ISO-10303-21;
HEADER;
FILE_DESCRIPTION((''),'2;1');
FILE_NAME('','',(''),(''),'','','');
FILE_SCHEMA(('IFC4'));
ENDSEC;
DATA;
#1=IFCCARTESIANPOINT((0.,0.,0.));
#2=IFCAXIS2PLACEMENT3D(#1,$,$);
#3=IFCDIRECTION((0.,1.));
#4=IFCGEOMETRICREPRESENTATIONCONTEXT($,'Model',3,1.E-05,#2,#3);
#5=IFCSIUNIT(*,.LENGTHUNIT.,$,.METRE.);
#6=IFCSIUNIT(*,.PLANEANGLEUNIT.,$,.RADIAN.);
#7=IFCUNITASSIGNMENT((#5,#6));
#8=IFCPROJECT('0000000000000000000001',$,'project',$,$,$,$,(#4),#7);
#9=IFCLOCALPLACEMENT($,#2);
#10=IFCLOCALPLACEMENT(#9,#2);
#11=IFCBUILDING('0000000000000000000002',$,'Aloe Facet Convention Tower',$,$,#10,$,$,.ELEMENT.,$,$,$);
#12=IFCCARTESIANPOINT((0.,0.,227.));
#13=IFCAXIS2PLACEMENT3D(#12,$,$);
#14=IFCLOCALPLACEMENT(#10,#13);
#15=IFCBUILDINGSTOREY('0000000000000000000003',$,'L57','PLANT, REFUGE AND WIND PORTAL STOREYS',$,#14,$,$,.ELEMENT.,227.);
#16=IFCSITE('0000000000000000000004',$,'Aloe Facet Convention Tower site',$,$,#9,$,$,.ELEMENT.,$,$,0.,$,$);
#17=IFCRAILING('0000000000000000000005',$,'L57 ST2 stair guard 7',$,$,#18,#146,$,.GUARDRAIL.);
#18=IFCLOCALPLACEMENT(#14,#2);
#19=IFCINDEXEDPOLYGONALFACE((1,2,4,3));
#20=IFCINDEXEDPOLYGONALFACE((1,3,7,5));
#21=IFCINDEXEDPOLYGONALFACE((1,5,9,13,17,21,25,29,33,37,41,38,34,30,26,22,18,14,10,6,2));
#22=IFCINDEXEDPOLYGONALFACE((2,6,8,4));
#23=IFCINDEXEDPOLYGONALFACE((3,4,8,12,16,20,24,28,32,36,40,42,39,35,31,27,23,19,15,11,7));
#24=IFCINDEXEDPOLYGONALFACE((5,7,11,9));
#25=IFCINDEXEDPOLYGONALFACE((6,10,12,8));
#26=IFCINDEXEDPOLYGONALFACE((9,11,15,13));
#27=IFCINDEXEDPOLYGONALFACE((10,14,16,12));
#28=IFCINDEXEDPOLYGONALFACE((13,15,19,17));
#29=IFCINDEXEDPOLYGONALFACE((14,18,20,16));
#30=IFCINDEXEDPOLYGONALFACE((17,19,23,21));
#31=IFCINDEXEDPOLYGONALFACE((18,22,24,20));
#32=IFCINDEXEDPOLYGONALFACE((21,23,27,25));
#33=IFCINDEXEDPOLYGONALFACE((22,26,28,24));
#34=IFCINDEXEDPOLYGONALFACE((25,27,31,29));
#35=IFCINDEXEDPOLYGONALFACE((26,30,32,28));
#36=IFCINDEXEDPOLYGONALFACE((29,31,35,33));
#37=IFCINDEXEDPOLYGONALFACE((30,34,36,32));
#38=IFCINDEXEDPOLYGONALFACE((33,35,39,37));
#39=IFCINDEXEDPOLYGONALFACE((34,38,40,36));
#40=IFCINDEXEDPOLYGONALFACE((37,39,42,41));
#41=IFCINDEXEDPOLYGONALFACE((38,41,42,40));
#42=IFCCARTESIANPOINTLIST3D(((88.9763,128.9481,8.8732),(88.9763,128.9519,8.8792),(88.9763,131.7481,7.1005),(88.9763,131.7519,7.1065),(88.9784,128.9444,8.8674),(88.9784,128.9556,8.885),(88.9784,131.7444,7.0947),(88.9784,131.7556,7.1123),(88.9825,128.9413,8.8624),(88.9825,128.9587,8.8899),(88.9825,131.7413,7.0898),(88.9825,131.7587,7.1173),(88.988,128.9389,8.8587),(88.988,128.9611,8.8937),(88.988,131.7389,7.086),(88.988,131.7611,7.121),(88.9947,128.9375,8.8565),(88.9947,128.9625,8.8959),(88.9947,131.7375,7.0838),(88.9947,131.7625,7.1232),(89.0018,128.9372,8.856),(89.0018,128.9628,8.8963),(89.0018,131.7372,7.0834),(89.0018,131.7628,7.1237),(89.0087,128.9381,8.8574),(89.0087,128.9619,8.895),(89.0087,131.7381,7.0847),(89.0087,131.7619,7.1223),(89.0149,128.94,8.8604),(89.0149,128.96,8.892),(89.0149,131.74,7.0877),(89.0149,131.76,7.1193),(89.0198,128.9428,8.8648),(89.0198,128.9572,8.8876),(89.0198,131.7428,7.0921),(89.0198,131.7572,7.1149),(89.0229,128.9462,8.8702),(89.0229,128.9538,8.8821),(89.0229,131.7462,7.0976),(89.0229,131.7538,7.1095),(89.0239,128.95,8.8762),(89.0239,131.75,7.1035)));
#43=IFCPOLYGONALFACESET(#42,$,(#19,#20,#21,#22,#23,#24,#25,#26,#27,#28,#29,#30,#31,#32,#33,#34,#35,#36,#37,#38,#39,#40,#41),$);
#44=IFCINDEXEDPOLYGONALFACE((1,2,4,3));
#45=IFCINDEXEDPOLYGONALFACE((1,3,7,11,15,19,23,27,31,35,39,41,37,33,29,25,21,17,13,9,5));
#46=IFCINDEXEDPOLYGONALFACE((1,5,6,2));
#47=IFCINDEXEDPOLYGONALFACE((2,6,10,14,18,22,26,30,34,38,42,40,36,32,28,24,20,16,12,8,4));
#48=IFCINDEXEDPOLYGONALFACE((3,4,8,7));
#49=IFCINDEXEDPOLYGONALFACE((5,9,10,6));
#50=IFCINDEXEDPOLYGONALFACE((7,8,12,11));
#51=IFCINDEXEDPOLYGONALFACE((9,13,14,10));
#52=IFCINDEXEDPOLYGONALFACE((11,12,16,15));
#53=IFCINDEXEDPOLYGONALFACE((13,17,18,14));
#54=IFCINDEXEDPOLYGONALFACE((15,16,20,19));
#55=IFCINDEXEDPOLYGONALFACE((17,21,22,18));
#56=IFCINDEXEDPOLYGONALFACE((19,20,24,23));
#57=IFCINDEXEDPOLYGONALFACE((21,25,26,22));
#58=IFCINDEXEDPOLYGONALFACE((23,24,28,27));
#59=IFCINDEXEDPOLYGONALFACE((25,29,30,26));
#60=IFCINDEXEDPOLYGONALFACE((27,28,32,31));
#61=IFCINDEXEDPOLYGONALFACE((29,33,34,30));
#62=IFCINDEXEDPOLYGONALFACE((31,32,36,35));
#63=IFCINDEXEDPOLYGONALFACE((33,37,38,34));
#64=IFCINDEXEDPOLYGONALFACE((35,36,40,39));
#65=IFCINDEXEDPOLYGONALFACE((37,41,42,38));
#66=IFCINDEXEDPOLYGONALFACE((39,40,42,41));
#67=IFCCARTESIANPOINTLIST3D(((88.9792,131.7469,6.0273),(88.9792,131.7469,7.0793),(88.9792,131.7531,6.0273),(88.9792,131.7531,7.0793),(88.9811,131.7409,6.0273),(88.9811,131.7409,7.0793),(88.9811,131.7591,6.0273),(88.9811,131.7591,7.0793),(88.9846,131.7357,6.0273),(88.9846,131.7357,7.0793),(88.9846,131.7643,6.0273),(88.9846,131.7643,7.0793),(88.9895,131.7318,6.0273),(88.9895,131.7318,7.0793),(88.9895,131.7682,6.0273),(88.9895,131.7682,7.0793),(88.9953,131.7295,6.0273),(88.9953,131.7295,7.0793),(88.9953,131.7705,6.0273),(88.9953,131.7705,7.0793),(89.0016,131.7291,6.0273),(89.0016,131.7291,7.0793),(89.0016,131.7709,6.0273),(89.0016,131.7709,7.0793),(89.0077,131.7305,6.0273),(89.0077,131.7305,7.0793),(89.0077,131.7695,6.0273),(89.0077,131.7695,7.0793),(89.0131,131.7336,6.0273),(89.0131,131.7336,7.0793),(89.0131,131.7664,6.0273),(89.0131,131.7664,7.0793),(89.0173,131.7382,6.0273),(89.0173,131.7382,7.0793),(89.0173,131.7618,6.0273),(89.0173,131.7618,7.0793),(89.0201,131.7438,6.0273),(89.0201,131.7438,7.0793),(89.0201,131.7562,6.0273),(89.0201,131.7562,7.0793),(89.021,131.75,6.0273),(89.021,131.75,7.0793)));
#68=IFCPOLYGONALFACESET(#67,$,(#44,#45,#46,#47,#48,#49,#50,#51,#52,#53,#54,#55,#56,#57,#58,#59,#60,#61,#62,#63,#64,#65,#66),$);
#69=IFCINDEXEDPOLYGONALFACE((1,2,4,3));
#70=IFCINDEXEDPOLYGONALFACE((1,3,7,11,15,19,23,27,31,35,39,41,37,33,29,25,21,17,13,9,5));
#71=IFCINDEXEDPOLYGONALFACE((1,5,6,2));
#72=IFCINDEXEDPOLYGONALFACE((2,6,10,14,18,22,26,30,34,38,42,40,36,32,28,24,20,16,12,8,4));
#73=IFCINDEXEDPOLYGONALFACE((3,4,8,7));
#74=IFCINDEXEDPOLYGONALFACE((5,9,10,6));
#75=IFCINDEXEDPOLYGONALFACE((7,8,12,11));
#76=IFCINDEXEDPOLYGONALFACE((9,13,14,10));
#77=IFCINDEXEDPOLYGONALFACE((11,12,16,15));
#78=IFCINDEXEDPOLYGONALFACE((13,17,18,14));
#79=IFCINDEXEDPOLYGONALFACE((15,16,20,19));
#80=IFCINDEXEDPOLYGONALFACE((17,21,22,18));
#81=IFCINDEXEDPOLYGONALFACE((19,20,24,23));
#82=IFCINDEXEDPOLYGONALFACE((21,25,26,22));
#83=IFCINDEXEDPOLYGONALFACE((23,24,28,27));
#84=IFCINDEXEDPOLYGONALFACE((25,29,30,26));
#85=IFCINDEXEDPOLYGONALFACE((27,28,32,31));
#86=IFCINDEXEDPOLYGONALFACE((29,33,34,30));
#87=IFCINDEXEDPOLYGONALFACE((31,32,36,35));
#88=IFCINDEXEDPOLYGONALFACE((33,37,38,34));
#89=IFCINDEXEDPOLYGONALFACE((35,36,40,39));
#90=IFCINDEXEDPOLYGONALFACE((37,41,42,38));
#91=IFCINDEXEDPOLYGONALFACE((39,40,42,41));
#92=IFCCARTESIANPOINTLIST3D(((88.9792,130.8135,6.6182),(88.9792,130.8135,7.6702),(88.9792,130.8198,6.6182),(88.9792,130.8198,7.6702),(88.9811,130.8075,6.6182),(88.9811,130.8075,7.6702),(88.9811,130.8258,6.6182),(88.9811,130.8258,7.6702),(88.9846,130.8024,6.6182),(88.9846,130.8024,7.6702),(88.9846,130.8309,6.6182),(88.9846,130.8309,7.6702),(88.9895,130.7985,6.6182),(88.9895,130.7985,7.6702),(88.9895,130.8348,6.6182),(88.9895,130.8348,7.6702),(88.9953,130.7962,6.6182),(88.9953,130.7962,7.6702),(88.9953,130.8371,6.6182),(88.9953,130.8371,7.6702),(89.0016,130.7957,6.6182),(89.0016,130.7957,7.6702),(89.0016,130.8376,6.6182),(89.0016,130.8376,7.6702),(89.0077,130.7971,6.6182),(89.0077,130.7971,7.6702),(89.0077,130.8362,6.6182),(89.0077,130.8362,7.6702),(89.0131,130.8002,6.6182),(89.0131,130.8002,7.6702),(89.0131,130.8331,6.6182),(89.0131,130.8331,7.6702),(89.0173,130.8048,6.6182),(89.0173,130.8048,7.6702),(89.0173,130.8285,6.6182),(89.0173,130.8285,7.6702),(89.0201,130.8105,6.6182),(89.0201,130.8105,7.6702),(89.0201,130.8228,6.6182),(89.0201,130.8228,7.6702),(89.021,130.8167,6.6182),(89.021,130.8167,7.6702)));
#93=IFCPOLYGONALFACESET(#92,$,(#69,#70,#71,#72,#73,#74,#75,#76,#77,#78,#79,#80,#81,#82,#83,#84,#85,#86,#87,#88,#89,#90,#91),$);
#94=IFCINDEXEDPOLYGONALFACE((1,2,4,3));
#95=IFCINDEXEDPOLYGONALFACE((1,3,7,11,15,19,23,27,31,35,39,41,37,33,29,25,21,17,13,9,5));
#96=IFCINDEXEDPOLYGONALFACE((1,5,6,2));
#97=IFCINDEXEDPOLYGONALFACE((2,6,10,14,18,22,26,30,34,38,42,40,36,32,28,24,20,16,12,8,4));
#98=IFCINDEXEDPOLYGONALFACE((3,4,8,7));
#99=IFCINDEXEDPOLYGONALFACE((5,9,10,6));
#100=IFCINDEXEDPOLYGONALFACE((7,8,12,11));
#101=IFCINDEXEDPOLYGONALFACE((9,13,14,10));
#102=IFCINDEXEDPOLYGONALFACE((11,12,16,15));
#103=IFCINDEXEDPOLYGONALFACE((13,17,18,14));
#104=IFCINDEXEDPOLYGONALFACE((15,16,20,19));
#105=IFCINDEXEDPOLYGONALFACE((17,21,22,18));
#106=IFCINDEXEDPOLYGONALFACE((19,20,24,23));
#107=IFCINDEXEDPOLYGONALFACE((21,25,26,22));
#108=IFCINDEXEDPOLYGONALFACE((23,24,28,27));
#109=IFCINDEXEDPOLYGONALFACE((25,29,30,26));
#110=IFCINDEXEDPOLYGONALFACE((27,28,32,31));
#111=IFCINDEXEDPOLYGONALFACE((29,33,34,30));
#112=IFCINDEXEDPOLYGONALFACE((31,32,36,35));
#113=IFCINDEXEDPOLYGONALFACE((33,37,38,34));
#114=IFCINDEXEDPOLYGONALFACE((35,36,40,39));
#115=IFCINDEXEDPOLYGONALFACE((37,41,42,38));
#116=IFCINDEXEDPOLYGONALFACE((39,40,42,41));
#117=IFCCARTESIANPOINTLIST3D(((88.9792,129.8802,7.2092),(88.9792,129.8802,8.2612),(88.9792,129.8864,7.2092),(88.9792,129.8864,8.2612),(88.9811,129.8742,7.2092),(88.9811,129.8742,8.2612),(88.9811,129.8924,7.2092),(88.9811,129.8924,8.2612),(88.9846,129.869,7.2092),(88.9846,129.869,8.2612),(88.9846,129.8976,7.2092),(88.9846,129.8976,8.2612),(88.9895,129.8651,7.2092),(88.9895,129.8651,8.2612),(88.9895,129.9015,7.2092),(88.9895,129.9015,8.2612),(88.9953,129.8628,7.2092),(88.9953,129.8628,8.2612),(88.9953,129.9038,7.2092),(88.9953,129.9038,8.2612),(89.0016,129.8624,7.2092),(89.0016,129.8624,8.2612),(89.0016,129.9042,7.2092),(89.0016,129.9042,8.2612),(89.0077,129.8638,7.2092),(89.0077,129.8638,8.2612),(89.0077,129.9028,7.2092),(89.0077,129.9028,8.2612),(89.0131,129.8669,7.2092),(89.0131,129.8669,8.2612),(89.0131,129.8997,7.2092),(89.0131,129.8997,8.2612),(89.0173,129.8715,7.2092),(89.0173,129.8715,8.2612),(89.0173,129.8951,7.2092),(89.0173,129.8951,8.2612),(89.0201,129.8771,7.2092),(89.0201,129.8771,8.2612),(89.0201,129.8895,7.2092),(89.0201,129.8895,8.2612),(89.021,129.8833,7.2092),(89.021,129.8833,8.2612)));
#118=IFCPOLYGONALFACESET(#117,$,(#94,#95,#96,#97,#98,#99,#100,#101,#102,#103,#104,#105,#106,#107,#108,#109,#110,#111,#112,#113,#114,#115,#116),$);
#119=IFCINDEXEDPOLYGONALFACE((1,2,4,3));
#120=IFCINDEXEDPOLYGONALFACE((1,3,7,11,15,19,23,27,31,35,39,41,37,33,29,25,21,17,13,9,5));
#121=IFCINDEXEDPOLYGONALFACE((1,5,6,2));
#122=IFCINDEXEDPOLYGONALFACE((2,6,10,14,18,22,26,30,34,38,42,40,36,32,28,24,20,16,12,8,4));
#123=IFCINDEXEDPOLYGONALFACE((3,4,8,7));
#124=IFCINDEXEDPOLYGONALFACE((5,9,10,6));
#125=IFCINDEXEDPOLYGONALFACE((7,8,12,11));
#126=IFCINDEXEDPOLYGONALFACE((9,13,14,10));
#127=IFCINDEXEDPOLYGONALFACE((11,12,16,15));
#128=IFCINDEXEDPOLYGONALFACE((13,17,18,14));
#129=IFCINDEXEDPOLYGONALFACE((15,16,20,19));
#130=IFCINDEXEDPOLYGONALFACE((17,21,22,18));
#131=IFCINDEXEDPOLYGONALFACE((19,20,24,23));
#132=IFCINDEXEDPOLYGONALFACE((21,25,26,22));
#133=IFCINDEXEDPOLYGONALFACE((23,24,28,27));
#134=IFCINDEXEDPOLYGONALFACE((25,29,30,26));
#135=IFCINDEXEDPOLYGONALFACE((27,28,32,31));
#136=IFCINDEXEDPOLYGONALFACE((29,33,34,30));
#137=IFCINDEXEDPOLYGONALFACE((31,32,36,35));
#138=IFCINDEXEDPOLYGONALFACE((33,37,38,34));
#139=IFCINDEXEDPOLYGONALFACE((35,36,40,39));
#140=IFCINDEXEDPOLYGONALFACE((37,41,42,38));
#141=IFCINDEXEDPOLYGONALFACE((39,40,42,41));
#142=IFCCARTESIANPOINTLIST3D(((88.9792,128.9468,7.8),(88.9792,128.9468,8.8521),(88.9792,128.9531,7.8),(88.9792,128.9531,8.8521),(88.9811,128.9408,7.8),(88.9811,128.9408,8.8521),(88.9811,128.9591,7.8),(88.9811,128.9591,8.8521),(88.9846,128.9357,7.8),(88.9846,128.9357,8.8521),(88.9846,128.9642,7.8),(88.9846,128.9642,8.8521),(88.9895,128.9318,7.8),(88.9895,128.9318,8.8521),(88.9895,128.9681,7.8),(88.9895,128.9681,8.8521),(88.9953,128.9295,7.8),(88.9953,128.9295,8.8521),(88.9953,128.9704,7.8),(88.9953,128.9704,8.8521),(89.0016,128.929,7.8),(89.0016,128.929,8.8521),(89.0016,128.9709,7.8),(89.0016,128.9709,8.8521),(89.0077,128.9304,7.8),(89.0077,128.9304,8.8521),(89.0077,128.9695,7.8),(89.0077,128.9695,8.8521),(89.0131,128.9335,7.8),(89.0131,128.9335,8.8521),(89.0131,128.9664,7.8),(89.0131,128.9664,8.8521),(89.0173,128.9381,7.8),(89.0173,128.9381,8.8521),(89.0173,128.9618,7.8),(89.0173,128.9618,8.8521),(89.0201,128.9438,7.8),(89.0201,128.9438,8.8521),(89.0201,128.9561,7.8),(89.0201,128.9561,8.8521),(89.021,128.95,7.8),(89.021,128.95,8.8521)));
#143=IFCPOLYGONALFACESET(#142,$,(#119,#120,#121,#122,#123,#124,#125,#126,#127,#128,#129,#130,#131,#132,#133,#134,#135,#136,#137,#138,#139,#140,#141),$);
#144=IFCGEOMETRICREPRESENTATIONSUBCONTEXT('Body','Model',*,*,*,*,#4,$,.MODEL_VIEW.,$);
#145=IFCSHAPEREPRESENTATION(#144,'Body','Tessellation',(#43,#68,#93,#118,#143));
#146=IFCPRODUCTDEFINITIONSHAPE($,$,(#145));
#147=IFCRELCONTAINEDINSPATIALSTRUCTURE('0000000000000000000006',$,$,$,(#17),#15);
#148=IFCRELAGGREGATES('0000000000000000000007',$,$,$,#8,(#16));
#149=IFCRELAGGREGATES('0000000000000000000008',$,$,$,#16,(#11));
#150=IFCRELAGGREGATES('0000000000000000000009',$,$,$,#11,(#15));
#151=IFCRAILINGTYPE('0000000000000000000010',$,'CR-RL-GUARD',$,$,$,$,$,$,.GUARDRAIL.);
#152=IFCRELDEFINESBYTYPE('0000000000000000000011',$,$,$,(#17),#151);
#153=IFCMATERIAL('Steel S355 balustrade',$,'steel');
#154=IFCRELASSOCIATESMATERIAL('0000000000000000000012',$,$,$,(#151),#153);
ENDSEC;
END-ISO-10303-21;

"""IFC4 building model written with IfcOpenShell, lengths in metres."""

from ifc_helpers import new_model, si_unit, direction, frame, origin, origin_2d, place, context, subcontext, project, spatial, circle, extrude, material, type_object, element, save


model = new_model("IFC4")

# Units and contexts
model_context = context("Model", 3, precision=1e-05, world=origin(), true_north=direction((0.0, 1.0)))
body_context = subcontext(model_context, "Body", "Model", "MODEL_VIEW")
ifc_project = project(units=[si_unit("LENGTHUNIT", "METRE"), si_unit("PLANEANGLEUNIT", "RADIAN")], contexts=[model_context])

# Site, building, storey
site_placement = place(None, origin())
site = spatial("IfcSite", under=ifc_project, at=site_placement, Name="Aloe Facet Convention Tower site", CompositionType="ELEMENT", RefElevation=0.0)
building_placement = place(site_placement, origin())
building = spatial("IfcBuilding", under=site, at=building_placement, Name="Aloe Facet Convention Tower", CompositionType="ELEMENT")
storey_placement = place(building_placement, frame((0.0, 0.0, 227.0)))
storey = spatial("IfcBuildingStorey", under=building, at=storey_placement, Name="L57", Description="PLANT, REFUGE AND WIND PORTAL STOREYS", CompositionType="ELEMENT", Elevation=227.0)

# Railing
ifc_material_1 = material(Name="Steel S355 balustrade", Category="steel")
railing_type_1 = type_object("IfcRailingType", Name="CR-RL-GUARD", PredefinedType="GUARDRAIL", material=ifc_material_1)
railing_1_placement = place(storey_placement, frame((89.0, 131.75, 6.0273)))
element("IfcRailing", 1, at=railing_1_placement, inside=storey, type_object=railing_type_1, Name="L57 ST2 stair guard 7", PredefinedType="GUARDRAIL", context=body_context, shape_type="SweptSolid", body=[
    extrude(circle(Radius=0.0239, at=origin_2d()), frame((0.0, 0.0, 1.0762), z_axis=(0.0, -0.844909, 0.53491), x_axis=(1.0, 0.0, 0.0)), (0.0, 0.0, 1.0), 3.314),
    extrude(circle(Radius=0.021, at=origin_2d()), origin(), (0.0, 0.0, 1.0), 1.052),
    extrude(circle(Radius=0.021, at=origin_2d()), frame((0.0, -0.9333, 0.5908)), (0.0, 0.0, 1.0), 1.052),
    extrude(circle(Radius=0.021, at=origin_2d()), frame((0.0, -1.8667, 1.1819)), (0.0, 0.0, 1.0), 1.052),
    extrude(circle(Radius=0.021, at=origin_2d()), frame((0.0, -2.8, 1.7727)), (0.0, 0.0, 1.0), 1.052),
])

save(model, "model.ifc")
